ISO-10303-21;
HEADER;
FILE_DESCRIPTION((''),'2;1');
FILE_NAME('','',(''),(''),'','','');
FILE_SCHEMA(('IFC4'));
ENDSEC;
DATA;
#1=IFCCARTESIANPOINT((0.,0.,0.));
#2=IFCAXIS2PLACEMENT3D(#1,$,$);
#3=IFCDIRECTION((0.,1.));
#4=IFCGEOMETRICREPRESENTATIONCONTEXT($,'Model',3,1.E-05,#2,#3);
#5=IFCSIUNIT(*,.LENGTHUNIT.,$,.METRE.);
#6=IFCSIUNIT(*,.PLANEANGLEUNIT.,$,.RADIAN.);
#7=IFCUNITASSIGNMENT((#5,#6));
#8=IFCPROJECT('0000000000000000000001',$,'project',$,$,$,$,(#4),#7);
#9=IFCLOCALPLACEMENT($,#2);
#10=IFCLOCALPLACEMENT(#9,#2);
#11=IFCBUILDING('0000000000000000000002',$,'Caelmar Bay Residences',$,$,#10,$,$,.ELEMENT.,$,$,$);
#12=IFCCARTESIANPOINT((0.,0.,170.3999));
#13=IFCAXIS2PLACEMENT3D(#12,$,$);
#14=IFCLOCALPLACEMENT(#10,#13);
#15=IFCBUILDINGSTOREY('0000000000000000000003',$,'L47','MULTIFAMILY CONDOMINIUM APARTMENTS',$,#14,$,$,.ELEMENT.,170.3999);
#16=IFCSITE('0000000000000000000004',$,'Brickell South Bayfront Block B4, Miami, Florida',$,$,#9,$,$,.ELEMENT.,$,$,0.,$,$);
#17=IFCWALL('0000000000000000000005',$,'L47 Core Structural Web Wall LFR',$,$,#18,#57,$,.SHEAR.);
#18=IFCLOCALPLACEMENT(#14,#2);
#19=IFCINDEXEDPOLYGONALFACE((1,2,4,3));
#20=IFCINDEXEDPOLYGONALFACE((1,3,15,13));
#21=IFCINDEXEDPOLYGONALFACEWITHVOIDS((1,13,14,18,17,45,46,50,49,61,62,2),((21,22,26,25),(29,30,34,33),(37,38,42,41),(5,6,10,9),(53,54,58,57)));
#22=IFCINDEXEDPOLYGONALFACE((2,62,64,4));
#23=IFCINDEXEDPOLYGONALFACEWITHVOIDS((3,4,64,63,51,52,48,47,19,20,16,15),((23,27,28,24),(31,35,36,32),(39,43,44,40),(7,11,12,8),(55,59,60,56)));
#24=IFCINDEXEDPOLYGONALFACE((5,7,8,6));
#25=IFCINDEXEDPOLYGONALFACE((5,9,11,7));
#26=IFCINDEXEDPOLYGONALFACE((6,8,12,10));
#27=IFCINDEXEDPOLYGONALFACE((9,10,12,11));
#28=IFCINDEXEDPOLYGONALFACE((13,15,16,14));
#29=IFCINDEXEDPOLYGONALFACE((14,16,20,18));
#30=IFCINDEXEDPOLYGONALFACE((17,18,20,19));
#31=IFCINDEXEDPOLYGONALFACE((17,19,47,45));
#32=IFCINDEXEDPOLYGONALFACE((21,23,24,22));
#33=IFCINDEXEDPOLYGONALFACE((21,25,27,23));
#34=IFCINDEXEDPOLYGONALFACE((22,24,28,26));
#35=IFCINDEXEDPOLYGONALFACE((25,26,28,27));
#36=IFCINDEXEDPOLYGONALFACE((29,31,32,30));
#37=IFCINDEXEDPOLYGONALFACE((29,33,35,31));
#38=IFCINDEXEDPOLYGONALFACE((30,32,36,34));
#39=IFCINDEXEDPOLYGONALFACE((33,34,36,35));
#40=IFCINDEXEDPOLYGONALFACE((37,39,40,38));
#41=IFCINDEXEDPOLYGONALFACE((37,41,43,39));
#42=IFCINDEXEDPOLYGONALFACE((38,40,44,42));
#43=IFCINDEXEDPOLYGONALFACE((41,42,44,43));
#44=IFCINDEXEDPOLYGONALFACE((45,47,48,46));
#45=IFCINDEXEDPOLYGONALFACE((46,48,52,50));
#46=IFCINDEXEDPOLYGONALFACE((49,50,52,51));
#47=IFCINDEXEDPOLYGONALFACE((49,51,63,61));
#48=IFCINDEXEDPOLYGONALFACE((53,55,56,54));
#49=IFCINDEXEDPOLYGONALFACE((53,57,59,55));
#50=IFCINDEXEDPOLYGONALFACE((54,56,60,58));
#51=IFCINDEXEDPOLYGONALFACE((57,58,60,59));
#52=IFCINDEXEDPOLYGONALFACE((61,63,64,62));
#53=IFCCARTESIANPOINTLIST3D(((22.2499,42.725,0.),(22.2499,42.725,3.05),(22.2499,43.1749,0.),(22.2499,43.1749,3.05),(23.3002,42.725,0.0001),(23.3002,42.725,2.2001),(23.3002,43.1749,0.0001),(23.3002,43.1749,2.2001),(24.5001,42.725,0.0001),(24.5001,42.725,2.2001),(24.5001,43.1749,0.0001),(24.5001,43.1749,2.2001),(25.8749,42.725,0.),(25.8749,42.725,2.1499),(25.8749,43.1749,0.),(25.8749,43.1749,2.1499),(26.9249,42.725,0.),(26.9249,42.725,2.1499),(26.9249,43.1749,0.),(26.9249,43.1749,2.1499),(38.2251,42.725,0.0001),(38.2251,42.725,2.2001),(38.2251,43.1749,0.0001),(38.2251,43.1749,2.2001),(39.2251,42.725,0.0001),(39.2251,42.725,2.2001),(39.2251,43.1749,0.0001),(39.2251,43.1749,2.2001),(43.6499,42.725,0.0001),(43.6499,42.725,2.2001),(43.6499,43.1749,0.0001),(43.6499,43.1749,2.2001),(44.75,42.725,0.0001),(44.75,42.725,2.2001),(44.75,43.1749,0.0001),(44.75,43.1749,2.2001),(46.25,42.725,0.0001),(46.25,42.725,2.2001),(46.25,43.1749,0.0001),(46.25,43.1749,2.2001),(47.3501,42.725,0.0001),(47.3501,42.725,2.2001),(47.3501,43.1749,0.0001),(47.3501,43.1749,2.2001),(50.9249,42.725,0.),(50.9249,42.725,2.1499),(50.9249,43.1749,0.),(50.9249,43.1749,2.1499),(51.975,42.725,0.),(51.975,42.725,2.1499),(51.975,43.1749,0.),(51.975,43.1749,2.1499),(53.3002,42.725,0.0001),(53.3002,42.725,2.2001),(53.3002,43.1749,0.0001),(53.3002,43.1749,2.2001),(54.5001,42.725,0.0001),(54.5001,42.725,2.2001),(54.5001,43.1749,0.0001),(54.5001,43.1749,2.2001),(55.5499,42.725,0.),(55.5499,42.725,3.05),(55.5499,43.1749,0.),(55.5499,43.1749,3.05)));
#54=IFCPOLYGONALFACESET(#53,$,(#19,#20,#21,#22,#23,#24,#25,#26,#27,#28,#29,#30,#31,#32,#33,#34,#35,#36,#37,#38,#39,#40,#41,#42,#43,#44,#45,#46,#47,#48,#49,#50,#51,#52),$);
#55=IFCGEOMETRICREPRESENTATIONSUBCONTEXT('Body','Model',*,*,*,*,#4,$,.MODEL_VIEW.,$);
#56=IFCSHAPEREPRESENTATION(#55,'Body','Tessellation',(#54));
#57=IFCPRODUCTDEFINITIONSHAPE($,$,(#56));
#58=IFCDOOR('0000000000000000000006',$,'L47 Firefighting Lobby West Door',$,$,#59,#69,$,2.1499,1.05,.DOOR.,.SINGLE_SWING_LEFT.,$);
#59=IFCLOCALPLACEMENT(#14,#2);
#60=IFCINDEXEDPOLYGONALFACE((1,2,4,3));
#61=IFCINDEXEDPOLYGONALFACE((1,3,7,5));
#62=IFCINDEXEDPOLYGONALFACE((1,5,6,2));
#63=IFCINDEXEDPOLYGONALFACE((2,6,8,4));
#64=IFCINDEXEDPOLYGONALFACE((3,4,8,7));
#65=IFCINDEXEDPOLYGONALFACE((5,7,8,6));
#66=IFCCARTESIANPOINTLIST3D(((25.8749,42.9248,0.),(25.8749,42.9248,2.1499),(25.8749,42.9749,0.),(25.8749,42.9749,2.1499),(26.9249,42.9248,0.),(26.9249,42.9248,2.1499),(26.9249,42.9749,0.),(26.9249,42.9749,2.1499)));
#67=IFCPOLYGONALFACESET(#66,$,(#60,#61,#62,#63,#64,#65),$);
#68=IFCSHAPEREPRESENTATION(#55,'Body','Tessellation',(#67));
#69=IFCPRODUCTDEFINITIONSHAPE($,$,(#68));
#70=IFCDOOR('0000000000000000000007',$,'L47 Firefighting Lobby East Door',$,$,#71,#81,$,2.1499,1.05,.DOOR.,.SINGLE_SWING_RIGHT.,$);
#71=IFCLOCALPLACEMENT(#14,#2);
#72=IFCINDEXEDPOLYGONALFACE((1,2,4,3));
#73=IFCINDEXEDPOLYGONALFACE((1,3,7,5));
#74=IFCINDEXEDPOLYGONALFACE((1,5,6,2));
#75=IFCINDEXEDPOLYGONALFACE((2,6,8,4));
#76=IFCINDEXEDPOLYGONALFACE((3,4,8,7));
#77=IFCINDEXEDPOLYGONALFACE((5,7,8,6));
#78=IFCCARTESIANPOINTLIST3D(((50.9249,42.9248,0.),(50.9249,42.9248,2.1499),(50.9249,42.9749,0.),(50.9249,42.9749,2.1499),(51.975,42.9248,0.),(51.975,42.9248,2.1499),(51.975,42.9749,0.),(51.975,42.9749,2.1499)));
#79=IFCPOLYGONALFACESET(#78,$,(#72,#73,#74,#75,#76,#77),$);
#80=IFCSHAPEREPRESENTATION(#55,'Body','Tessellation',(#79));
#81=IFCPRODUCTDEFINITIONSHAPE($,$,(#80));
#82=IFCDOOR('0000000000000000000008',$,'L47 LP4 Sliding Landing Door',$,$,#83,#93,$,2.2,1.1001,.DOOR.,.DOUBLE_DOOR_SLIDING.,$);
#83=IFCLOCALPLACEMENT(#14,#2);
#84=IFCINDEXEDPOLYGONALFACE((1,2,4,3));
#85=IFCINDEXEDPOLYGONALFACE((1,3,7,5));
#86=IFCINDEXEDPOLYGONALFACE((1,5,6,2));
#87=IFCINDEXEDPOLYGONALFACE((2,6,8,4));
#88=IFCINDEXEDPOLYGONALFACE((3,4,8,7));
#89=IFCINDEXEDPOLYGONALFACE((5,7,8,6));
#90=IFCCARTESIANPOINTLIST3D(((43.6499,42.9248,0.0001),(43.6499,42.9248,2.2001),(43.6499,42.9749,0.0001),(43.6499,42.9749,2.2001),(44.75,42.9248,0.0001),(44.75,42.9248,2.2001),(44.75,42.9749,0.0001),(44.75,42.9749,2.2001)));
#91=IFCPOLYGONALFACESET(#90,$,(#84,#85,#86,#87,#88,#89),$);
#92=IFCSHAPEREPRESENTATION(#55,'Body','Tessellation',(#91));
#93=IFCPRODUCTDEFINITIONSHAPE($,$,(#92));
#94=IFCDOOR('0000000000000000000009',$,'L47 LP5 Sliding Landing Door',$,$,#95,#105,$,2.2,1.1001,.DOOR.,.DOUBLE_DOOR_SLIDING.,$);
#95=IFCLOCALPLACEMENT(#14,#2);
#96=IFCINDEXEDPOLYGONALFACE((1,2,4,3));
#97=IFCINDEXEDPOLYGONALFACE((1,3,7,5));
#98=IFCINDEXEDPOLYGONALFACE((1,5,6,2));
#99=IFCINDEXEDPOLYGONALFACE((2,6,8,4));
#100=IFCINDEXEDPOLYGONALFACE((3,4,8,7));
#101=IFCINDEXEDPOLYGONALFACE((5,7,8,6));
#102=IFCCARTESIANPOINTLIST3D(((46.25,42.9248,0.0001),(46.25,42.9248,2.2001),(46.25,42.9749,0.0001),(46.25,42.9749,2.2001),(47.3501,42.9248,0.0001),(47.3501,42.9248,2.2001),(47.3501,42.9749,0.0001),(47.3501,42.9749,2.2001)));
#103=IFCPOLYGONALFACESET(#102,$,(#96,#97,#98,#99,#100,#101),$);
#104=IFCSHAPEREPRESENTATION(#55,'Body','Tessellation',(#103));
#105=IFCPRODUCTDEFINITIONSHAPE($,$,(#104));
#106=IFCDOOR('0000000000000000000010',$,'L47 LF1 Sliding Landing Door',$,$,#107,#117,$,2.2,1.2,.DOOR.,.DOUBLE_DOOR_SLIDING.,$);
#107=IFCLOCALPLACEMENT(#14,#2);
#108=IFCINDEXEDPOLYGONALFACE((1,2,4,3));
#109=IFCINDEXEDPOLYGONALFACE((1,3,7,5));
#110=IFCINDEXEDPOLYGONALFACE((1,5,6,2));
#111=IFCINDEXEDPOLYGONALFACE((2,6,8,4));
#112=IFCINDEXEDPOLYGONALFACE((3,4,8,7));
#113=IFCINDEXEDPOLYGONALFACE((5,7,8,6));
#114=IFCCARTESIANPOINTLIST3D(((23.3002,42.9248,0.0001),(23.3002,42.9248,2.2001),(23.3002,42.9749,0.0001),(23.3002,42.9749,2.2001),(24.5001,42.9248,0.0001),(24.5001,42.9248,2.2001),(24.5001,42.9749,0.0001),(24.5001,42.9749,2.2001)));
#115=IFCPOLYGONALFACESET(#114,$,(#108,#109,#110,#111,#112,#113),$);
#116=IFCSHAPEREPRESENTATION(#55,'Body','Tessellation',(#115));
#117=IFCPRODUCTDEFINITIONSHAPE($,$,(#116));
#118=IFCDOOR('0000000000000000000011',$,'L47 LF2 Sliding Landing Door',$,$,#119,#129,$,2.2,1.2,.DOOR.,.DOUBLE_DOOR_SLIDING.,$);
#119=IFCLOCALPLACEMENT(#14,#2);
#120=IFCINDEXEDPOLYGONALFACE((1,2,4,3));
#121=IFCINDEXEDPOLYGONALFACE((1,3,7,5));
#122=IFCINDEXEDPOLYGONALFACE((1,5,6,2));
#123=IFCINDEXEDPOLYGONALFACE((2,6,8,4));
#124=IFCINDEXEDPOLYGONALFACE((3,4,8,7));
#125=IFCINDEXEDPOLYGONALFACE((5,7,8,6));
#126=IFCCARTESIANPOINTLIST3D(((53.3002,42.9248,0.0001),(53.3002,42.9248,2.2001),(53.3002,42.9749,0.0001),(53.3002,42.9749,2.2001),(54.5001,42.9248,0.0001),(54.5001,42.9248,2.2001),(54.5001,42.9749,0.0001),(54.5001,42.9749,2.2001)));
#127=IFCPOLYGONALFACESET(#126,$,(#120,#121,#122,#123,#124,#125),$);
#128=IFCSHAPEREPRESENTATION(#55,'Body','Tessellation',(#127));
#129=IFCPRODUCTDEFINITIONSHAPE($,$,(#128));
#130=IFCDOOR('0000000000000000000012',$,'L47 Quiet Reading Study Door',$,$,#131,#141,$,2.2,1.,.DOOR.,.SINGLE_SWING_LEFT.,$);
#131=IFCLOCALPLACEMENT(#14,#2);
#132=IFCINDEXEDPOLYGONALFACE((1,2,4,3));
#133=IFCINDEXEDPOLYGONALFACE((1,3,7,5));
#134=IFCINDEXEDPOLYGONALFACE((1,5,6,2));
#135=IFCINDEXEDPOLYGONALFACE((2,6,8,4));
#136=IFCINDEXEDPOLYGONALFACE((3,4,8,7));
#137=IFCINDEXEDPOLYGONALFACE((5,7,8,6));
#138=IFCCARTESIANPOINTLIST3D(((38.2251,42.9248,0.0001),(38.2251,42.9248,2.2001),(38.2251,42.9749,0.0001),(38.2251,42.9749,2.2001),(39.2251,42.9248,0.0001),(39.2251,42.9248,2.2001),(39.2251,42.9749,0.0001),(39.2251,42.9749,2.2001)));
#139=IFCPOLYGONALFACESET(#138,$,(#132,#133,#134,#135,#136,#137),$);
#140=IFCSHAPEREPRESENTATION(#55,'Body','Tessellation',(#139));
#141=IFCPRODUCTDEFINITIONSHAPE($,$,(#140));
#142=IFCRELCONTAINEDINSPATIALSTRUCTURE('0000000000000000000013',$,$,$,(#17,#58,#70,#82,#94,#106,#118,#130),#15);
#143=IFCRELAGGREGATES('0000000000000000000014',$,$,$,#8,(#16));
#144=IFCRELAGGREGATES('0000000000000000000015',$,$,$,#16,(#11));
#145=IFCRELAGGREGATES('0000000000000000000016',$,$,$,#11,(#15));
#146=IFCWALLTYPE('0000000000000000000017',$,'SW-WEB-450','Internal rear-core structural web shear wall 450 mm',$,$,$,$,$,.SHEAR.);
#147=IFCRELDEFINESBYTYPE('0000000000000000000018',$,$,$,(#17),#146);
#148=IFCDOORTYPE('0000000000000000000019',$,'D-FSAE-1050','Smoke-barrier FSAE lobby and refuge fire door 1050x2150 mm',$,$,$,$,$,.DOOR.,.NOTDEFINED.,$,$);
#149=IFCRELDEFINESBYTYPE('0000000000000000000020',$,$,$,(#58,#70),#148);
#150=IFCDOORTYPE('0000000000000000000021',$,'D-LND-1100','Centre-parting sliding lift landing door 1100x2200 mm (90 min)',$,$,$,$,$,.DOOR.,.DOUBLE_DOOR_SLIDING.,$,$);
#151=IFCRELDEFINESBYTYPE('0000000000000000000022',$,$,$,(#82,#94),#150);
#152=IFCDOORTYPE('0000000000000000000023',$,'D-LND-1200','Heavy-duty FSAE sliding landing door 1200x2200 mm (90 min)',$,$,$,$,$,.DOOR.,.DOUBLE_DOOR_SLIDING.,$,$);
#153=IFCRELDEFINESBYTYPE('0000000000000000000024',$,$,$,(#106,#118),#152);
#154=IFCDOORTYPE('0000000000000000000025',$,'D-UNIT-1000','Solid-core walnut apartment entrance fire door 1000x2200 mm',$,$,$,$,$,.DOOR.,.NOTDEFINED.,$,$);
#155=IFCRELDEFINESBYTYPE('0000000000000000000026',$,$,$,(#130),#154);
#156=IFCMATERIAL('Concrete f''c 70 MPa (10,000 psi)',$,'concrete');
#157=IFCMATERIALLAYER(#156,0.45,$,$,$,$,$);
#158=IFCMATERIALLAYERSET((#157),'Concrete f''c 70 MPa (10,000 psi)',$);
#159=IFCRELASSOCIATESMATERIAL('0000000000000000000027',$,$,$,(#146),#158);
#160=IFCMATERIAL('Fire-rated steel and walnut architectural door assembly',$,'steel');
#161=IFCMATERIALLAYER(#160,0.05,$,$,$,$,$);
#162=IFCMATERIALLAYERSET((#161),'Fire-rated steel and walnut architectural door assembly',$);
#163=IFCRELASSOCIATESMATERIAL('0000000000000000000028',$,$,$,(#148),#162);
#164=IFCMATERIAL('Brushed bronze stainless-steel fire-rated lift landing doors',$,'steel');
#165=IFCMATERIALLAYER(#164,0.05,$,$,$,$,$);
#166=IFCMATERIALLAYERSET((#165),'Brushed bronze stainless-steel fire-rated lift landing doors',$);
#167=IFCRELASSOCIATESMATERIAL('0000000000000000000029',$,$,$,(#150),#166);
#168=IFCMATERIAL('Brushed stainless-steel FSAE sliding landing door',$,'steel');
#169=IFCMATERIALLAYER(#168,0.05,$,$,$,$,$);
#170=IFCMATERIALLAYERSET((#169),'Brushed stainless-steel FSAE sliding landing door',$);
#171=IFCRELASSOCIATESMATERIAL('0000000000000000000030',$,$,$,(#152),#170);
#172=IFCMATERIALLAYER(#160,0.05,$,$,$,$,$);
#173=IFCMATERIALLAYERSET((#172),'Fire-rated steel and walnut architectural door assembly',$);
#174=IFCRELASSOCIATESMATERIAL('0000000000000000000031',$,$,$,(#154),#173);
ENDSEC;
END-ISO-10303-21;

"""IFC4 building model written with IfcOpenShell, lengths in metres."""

from ifc_helpers import new_model, si_unit, direction, frame, frame_2d, origin, place, context, subcontext, project, spatial, rectangle, extrude, material, layer, layer_set, type_object, element, fill, save


model = new_model("IFC4")

# Units and contexts
model_context = context("Model", 3, precision=1e-05, world=origin(), true_north=direction((0.0, 1.0)))
body_context = subcontext(model_context, "Body", "Model", "MODEL_VIEW")
ifc_project = project(units=[si_unit("LENGTHUNIT", "METRE"), si_unit("PLANEANGLEUNIT", "RADIAN")], contexts=[model_context])

# Site, building, storey
site_placement = place(None, origin())
site = spatial("IfcSite", under=ifc_project, at=site_placement, Name="Brickell South Bayfront Block B4, Miami, Florida", CompositionType="ELEMENT", RefElevation=0.0)
building_placement = place(site_placement, origin())
building = spatial("IfcBuilding", under=site, at=building_placement, Name="Caelmar Bay Residences", CompositionType="ELEMENT")
storey_placement = place(building_placement, frame((0.0, 0.0, 170.3999)))
storey = spatial("IfcBuildingStorey", under=building, at=storey_placement, Name="L47", Description="MULTIFAMILY CONDOMINIUM APARTMENTS", CompositionType="ELEMENT", Elevation=170.3999)

# Wall, openings, doors
ifc_material_1 = material(Name="Concrete f'c 70 MPa (10,000 psi)", Category="concrete")
ifc_layer_1 = layer(ifc_material_1, 0.45)
ifc_layer_set_1 = layer_set([ifc_layer_1], Name="Concrete f'c 70 MPa (10,000 psi)")
wall_type_1 = type_object("IfcWallType", Name="SW-WEB-450", Description="Internal rear-core structural web shear wall 450 mm", PredefinedType="SHEAR", material=ifc_layer_set_1)
wall_1_placement = place(storey_placement, frame((22.25, 42.95, 0.0), z_axis=(0.0, 0.0, 1.0), x_axis=(1.0, 0.0, 0.0)))
wall_1 = element("IfcWall", 1, at=wall_1_placement, inside=storey, type_object=wall_type_1, Name="L47 Core Structural Web Wall LFR", PredefinedType="SHEAR", context=body_context, shape_type="SweptSolid", body=[
    extrude(rectangle(XDim=33.3, YDim=0.45, at=frame_2d((16.6499, 0.0))), origin(), (0.0, 0.0, 1.0), 3.05),
])
opening_1_placement = place(wall_1_placement, frame((1.05, 0.0, 0.0)))
opening_1 = element("IfcOpeningElement", 2, at=opening_1_placement, cuts=wall_1, PredefinedType="OPENING", context=body_context, shape_type="SweptSolid", body=[
    extrude(rectangle(XDim=1.2, YDim=2.2, at=frame_2d((0.6001, 1.1001))), frame((0.0, 0.2349, 0.0), z_axis=(0.0, -1.0, 0.0), x_axis=(1.0, 0.0, 0.0)), (0.0, 0.0, 1.0), 0.47),
])
opening_2_placement = place(wall_1_placement, frame((31.05, 0.0, 0.0)))
opening_2 = element("IfcOpeningElement", 3, at=opening_2_placement, cuts=wall_1, PredefinedType="OPENING", context=body_context, shape_type="SweptSolid", body=[
    extrude(rectangle(XDim=1.2, YDim=2.2, at=frame_2d((0.6001, 1.1001))), frame((0.0, 0.2349, 0.0), z_axis=(0.0, -1.0, 0.0), x_axis=(1.0, 0.0, 0.0)), (0.0, 0.0, 1.0), 0.47),
])
opening_3_placement = place(wall_1_placement, frame((21.3999, 0.0, 0.0)))
opening_3 = element("IfcOpeningElement", 4, at=opening_3_placement, cuts=wall_1, PredefinedType="OPENING", context=body_context, shape_type="SweptSolid", body=[
    extrude(rectangle(XDim=1.1001, YDim=2.2, at=frame_2d((0.55, 1.1001))), frame((0.0, 0.2349, 0.0), z_axis=(0.0, -1.0, 0.0), x_axis=(1.0, 0.0, 0.0)), (0.0, 0.0, 1.0), 0.47),
])
opening_4_placement = place(wall_1_placement, frame((24.0, 0.0, 0.0)))
opening_4 = element("IfcOpeningElement", 5, at=opening_4_placement, cuts=wall_1, PredefinedType="OPENING", context=body_context, shape_type="SweptSolid", body=[
    extrude(rectangle(XDim=1.1001, YDim=2.2, at=frame_2d((0.55, 1.1001))), frame((0.0, 0.2349, 0.0), z_axis=(0.0, -1.0, 0.0), x_axis=(1.0, 0.0, 0.0)), (0.0, 0.0, 1.0), 0.47),
])
opening_5_placement = place(wall_1_placement, frame((3.625, 0.0, 0.0)))
opening_5 = element("IfcOpeningElement", 6, at=opening_5_placement, cuts=wall_1, PredefinedType="OPENING", context=body_context, shape_type="SweptSolid", body=[
    extrude(rectangle(XDim=1.05, YDim=2.1499, at=frame_2d((0.5249, 1.075))), frame((0.0, 0.2349, 0.0), z_axis=(0.0, -1.0, 0.0), x_axis=(1.0, 0.0, 0.0)), (0.0, 0.0, 1.0), 0.47),
])
opening_6_placement = place(wall_1_placement, frame((28.675, 0.0, 0.0)))
opening_6 = element("IfcOpeningElement", 7, at=opening_6_placement, cuts=wall_1, PredefinedType="OPENING", context=body_context, shape_type="SweptSolid", body=[
    extrude(rectangle(XDim=1.05, YDim=2.1499, at=frame_2d((0.5249, 1.075))), frame((0.0, 0.2349, 0.0), z_axis=(0.0, -1.0, 0.0), x_axis=(1.0, 0.0, 0.0)), (0.0, 0.0, 1.0), 0.47),
])
opening_7_placement = place(wall_1_placement, frame((15.9751, 0.0, 0.0)))
opening_7 = element("IfcOpeningElement", 8, at=opening_7_placement, cuts=wall_1, PredefinedType="OPENING", context=body_context, shape_type="SweptSolid", body=[
    extrude(rectangle(XDim=1.0, YDim=2.2, at=frame_2d((0.5, 1.1001))), frame((0.0, 0.2349, 0.0), z_axis=(0.0, -1.0, 0.0), x_axis=(1.0, 0.0, 0.0)), (0.0, 0.0, 1.0), 0.47),
])
ifc_material_2 = material(Name="Fire-rated steel and walnut architectural door assembly", Category="steel")
ifc_layer_2 = layer(ifc_material_2, 0.05)
ifc_layer_set_2 = layer_set([ifc_layer_2], Name="Fire-rated steel and walnut architectural door assembly")
door_type_1 = type_object("IfcDoorType", Name="D-FSAE-1050", Description="Smoke-barrier FSAE lobby and refuge fire door 1050x2150 mm", OperationType="NOTDEFINED", PredefinedType="DOOR", material=ifc_layer_set_2)
door_1_placement = place(opening_5_placement, origin())
door_1 = element("IfcDoor", 9, at=door_1_placement, inside=storey, type_object=door_type_1, Name="L47 Firefighting Lobby West Door", OperationType="SINGLE_SWING_LEFT", OverallHeight=2.1499, OverallWidth=1.05, PredefinedType="DOOR", context=body_context, shape_type="SweptSolid", body=[
    extrude(rectangle(XDim=1.05, YDim=2.1499, at=frame_2d((0.5249, 1.075))), frame((0.0, 0.0249, 0.0), z_axis=(0.0, -1.0, 0.0), x_axis=(1.0, 0.0, 0.0)), (0.0, 0.0, 1.0), 0.05),
])
fill(opening_5, door_1)
door_2_placement = place(opening_6_placement, origin())
door_2 = element("IfcDoor", 10, at=door_2_placement, inside=storey, type_object=door_type_1, Name="L47 Firefighting Lobby East Door", OperationType="SINGLE_SWING_RIGHT", OverallHeight=2.1499, OverallWidth=1.05, PredefinedType="DOOR", context=body_context, shape_type="SweptSolid", body=[
    extrude(rectangle(XDim=1.05, YDim=2.1499, at=frame_2d((0.5249, 1.075))), frame((0.0, 0.0249, 0.0), z_axis=(0.0, -1.0, 0.0), x_axis=(1.0, 0.0, 0.0)), (0.0, 0.0, 1.0), 0.05),
])
fill(opening_6, door_2)
ifc_material_3 = material(Name="Brushed bronze stainless-steel fire-rated lift landing doors", Category="steel")
ifc_layer_3 = layer(ifc_material_3, 0.05)
ifc_layer_set_3 = layer_set([ifc_layer_3], Name="Brushed bronze stainless-steel fire-rated lift landing doors")
door_type_2 = type_object("IfcDoorType", Name="D-LND-1100", Description="Centre-parting sliding lift landing door 1100x2200 mm (90 min)", OperationType="DOUBLE_DOOR_SLIDING", PredefinedType="DOOR", material=ifc_layer_set_3)
door_3_placement = place(opening_3_placement, origin())
door_3 = element("IfcDoor", 11, at=door_3_placement, inside=storey, type_object=door_type_2, Name="L47 LP4 Sliding Landing Door", OperationType="DOUBLE_DOOR_SLIDING", OverallHeight=2.2, OverallWidth=1.1001, PredefinedType="DOOR", context=body_context, shape_type="SweptSolid", body=[
    extrude(rectangle(XDim=1.1001, YDim=2.2, at=frame_2d((0.55, 1.1001))), frame((0.0, 0.0249, 0.0), z_axis=(0.0, -1.0, 0.0), x_axis=(1.0, 0.0, 0.0)), (0.0, 0.0, 1.0), 0.05),
])
fill(opening_3, door_3)
door_4_placement = place(opening_4_placement, origin())
door_4 = element("IfcDoor", 12, at=door_4_placement, inside=storey, type_object=door_type_2, Name="L47 LP5 Sliding Landing Door", OperationType="DOUBLE_DOOR_SLIDING", OverallHeight=2.2, OverallWidth=1.1001, PredefinedType="DOOR", context=body_context, shape_type="SweptSolid", body=[
    extrude(rectangle(XDim=1.1001, YDim=2.2, at=frame_2d((0.55, 1.1001))), frame((0.0, 0.0249, 0.0), z_axis=(0.0, -1.0, 0.0), x_axis=(1.0, 0.0, 0.0)), (0.0, 0.0, 1.0), 0.05),
])
fill(opening_4, door_4)
ifc_material_4 = material(Name="Brushed stainless-steel FSAE sliding landing door", Category="steel")
ifc_layer_4 = layer(ifc_material_4, 0.05)
ifc_layer_set_4 = layer_set([ifc_layer_4], Name="Brushed stainless-steel FSAE sliding landing door")
door_type_3 = type_object("IfcDoorType", Name="D-LND-1200", Description="Heavy-duty FSAE sliding landing door 1200x2200 mm (90 min)", OperationType="DOUBLE_DOOR_SLIDING", PredefinedType="DOOR", material=ifc_layer_set_4)
door_5_placement = place(opening_1_placement, origin())
door_5 = element("IfcDoor", 13, at=door_5_placement, inside=storey, type_object=door_type_3, Name="L47 LF1 Sliding Landing Door", OperationType="DOUBLE_DOOR_SLIDING", OverallHeight=2.2, OverallWidth=1.2, PredefinedType="DOOR", context=body_context, shape_type="SweptSolid", body=[
    extrude(rectangle(XDim=1.2, YDim=2.2, at=frame_2d((0.6001, 1.1001))), frame((0.0, 0.0249, 0.0), z_axis=(0.0, -1.0, 0.0), x_axis=(1.0, 0.0, 0.0)), (0.0, 0.0, 1.0), 0.05),
])
fill(opening_1, door_5)
door_6_placement = place(opening_2_placement, origin())
door_6 = element("IfcDoor", 14, at=door_6_placement, inside=storey, type_object=door_type_3, Name="L47 LF2 Sliding Landing Door", OperationType="DOUBLE_DOOR_SLIDING", OverallHeight=2.2, OverallWidth=1.2, PredefinedType="DOOR", context=body_context, shape_type="SweptSolid", body=[
    extrude(rectangle(XDim=1.2, YDim=2.2, at=frame_2d((0.6001, 1.1001))), frame((0.0, 0.0249, 0.0), z_axis=(0.0, -1.0, 0.0), x_axis=(1.0, 0.0, 0.0)), (0.0, 0.0, 1.0), 0.05),
])
fill(opening_2, door_6)
ifc_layer_5 = layer(ifc_material_2, 0.05)
ifc_layer_set_5 = layer_set([ifc_layer_5], Name="Fire-rated steel and walnut architectural door assembly")
door_type_4 = type_object("IfcDoorType", Name="D-UNIT-1000", Description="Solid-core walnut apartment entrance fire door 1000x2200 mm", OperationType="NOTDEFINED", PredefinedType="DOOR", material=ifc_layer_set_5)
door_7_placement = place(opening_7_placement, origin())
door_7 = element("IfcDoor", 15, at=door_7_placement, inside=storey, type_object=door_type_4, Name="L47 Quiet Reading Study Door", OperationType="SINGLE_SWING_LEFT", OverallHeight=2.2, OverallWidth=1.0, PredefinedType="DOOR", context=body_context, shape_type="SweptSolid", body=[
    extrude(rectangle(XDim=1.0, YDim=2.2, at=frame_2d((0.5, 1.1001))), frame((0.0, 0.0249, 0.0), z_axis=(0.0, -1.0, 0.0), x_axis=(1.0, 0.0, 0.0)), (0.0, 0.0, 1.0), 0.05),
])
fill(opening_7, door_7)

save(model, "model.ifc")
